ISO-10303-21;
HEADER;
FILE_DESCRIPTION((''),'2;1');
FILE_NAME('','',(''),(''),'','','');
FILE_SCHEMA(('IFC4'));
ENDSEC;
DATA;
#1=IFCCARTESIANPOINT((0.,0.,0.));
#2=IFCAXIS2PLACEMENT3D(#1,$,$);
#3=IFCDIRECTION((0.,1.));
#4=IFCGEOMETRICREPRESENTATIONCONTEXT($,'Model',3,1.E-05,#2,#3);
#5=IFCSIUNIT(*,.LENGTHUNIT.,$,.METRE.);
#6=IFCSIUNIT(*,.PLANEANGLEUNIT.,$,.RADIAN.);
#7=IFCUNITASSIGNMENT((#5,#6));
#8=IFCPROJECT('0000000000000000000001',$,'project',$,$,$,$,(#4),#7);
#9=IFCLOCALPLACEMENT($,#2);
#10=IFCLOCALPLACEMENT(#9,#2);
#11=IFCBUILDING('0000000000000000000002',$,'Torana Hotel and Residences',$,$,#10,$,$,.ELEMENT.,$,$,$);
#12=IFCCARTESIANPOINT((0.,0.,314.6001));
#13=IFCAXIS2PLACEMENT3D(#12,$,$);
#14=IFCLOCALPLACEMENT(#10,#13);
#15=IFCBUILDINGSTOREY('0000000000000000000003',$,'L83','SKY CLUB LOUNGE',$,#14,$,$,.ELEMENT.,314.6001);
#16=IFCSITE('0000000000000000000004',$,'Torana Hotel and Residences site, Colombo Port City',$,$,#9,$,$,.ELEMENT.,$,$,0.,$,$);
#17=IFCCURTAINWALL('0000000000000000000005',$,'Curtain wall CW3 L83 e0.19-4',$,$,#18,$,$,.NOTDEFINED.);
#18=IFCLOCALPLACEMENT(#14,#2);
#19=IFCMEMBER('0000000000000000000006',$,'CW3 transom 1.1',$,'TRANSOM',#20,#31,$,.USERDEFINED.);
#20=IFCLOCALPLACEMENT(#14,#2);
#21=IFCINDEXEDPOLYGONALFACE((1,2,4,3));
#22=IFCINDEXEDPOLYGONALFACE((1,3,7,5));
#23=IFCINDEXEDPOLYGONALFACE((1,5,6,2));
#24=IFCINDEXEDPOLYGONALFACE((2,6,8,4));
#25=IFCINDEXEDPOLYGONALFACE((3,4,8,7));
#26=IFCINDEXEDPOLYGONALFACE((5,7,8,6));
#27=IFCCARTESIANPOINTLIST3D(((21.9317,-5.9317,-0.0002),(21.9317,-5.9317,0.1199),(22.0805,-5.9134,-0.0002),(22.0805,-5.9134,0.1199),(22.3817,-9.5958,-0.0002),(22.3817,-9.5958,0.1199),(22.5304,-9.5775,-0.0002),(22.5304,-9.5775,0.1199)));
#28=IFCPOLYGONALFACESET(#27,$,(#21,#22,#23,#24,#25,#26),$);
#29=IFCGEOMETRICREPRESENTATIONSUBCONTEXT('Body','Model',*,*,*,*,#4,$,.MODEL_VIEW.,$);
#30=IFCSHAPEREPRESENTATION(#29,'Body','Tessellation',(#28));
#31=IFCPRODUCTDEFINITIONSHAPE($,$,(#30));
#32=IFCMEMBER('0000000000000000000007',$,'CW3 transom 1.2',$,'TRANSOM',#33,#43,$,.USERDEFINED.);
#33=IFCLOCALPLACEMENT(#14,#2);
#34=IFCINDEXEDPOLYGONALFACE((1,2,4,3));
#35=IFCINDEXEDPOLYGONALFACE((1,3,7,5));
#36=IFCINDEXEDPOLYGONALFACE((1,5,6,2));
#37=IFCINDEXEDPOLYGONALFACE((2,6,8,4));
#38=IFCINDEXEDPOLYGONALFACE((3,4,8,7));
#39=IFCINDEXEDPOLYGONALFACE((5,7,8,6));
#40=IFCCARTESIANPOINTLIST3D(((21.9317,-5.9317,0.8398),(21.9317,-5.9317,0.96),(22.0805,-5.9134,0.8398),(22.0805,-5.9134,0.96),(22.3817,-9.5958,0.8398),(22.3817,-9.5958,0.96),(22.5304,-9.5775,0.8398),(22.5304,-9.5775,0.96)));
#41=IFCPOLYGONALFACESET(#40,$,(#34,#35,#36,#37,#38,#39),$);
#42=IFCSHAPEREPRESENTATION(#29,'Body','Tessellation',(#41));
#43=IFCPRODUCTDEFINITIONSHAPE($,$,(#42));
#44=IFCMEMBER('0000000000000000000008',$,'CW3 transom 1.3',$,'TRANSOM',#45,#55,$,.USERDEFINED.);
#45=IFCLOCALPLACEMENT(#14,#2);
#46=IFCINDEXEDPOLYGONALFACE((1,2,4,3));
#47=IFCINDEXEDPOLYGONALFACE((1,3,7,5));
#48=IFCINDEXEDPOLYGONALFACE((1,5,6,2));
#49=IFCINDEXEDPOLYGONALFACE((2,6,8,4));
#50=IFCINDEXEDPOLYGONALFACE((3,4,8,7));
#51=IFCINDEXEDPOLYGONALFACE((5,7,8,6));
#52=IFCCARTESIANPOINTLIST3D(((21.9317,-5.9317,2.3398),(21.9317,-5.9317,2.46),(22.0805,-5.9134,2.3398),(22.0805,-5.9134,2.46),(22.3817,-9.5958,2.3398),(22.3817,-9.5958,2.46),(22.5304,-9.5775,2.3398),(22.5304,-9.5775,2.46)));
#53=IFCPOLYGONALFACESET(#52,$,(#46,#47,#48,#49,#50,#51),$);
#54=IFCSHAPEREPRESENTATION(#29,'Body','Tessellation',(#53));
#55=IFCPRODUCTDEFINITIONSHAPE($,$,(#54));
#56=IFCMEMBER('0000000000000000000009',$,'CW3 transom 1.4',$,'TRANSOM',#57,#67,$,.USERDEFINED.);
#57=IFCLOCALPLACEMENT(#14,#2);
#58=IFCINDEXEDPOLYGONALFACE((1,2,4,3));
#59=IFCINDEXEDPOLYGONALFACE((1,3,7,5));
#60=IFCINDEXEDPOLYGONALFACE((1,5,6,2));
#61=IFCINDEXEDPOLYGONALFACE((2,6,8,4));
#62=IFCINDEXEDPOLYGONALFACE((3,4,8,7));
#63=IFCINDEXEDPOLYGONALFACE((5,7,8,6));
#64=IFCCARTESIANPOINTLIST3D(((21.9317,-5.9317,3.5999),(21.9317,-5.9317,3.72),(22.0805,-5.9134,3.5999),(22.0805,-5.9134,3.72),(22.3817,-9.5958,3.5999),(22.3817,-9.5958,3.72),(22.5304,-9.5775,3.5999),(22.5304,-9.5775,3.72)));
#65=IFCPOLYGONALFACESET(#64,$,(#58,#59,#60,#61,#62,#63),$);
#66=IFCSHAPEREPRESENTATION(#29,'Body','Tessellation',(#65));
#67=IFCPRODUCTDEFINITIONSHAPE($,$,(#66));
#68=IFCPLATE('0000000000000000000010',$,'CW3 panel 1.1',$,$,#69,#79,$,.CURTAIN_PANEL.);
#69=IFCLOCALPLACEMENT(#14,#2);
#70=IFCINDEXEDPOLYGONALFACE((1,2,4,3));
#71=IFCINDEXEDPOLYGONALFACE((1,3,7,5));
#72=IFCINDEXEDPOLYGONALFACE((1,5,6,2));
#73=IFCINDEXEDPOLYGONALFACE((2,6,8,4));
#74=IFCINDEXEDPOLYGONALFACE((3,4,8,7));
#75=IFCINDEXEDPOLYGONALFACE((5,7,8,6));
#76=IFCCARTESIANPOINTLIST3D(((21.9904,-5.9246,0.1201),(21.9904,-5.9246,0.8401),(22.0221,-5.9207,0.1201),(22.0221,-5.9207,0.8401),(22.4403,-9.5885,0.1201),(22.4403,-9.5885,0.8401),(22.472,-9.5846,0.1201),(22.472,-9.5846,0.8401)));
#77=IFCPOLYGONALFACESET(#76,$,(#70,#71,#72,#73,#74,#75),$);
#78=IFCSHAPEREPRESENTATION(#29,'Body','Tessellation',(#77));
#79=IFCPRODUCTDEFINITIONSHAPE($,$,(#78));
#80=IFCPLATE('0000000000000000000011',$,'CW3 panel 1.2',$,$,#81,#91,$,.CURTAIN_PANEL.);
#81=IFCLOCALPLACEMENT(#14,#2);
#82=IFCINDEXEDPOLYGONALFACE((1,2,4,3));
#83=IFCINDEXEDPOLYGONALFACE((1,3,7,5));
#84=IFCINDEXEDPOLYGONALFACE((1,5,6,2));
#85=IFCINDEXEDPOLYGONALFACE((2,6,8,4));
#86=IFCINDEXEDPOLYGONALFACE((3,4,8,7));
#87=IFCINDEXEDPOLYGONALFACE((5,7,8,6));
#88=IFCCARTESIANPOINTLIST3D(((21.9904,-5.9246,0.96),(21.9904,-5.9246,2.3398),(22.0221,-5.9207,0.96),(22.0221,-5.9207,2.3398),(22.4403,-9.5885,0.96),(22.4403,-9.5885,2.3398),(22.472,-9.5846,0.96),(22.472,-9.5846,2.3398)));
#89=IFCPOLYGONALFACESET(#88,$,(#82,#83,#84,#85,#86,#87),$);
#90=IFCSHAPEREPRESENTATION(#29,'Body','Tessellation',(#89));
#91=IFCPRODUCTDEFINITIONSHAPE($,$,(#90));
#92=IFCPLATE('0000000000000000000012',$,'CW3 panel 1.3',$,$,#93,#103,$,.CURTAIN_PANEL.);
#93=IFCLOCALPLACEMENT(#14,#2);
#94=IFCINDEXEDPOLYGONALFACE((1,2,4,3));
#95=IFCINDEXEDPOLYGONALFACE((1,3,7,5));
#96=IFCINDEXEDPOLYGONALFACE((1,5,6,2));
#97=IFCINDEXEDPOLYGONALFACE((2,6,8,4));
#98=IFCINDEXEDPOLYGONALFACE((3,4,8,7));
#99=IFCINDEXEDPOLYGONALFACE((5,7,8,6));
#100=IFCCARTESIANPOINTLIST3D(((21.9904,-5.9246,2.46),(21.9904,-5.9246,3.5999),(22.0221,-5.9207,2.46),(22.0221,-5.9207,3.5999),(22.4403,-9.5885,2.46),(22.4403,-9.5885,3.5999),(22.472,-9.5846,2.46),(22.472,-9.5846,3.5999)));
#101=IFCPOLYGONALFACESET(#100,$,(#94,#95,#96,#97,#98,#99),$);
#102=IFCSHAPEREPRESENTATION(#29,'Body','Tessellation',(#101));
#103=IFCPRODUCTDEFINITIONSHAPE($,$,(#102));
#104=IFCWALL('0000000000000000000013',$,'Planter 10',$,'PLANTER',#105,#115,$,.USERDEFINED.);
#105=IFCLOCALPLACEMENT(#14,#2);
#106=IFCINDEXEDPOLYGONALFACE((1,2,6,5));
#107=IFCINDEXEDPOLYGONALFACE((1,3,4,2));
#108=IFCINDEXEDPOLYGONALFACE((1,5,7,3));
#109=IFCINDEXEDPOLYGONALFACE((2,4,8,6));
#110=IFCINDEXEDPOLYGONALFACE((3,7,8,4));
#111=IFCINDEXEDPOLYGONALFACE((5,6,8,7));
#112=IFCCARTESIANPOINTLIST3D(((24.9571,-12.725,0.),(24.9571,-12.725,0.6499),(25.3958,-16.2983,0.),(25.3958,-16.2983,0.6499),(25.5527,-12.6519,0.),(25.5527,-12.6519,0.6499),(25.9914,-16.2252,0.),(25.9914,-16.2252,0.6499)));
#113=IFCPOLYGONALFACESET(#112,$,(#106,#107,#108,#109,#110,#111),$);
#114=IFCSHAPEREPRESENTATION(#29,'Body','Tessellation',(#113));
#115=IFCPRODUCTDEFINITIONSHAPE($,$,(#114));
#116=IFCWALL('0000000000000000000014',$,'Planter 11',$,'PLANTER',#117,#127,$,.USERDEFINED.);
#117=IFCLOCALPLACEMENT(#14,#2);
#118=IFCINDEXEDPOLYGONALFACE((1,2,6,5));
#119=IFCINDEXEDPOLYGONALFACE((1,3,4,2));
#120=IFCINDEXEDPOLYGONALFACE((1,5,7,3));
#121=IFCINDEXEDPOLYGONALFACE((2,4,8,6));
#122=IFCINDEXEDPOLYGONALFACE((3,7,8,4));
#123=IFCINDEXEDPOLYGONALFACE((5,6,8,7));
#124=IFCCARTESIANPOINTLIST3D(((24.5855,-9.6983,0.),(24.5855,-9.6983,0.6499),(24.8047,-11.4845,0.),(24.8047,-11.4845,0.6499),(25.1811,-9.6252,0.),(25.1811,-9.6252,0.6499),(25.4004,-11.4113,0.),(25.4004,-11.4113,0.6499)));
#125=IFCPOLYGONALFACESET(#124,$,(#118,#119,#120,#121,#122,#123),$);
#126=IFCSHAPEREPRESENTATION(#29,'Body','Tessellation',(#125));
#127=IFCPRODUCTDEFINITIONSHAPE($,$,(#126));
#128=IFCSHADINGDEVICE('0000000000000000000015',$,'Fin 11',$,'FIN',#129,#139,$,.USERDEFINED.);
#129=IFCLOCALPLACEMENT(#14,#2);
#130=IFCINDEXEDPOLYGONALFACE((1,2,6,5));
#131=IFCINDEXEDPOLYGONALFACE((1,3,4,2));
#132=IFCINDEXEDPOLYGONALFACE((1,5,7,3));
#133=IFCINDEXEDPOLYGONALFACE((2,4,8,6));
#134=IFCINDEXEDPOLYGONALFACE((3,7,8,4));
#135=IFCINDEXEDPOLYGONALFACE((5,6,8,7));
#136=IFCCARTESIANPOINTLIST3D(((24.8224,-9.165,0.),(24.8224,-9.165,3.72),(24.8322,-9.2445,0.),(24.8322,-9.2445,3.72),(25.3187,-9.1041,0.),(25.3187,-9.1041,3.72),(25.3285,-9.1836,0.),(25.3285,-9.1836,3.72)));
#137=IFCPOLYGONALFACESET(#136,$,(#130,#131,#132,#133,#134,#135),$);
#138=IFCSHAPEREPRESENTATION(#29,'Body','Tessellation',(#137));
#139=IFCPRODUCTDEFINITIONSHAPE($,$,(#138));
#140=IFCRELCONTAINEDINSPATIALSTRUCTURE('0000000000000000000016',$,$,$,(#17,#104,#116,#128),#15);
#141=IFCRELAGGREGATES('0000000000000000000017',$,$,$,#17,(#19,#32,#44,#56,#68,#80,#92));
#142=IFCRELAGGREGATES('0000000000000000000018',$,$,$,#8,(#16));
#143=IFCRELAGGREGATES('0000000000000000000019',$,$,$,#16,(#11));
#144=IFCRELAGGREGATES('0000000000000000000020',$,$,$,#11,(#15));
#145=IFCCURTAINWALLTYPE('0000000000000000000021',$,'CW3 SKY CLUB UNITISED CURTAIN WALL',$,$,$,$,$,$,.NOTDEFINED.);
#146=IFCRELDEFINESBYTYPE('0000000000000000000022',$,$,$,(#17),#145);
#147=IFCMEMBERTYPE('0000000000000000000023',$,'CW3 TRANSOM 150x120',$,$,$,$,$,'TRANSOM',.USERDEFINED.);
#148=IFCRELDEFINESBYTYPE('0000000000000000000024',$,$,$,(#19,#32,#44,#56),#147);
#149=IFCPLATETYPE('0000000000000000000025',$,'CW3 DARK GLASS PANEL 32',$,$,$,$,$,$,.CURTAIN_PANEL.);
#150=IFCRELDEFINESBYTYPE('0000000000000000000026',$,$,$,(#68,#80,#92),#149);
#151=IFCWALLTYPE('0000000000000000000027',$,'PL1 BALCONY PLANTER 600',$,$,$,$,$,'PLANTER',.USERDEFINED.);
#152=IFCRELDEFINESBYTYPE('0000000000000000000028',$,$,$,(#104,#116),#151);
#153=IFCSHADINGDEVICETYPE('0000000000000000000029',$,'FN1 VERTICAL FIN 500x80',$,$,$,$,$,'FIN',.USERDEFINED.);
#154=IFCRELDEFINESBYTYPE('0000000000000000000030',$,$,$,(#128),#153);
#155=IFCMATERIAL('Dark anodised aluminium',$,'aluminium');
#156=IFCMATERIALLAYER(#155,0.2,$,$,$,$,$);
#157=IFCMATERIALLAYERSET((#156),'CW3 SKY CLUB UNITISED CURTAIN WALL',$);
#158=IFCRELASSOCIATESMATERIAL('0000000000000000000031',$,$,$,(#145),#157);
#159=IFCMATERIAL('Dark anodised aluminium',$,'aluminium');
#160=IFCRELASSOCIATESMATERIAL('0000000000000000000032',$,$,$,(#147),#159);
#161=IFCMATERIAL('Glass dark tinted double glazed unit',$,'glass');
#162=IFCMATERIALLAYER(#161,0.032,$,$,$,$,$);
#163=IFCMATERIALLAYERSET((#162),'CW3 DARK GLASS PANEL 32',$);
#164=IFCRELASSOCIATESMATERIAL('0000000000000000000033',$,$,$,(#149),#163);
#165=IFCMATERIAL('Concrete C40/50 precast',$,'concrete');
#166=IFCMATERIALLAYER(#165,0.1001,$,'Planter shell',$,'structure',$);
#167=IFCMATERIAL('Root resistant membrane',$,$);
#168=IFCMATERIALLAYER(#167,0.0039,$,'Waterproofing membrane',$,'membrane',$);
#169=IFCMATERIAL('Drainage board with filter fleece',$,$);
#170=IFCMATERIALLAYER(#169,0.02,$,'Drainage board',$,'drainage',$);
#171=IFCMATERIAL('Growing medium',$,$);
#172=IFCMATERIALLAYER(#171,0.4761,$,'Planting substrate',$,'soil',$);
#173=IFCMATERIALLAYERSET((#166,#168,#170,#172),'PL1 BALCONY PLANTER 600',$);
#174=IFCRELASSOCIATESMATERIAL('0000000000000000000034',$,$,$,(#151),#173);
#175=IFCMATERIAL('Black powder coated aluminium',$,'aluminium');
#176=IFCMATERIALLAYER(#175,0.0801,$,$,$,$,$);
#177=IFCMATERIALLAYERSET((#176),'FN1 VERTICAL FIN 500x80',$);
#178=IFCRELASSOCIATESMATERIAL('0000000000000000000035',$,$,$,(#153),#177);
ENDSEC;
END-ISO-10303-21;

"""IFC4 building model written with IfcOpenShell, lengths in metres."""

from ifc_helpers import new_model, si_unit, direction, frame, frame_2d, origin, origin_2d, place, context, subcontext, project, spatial, rectangle, extrude, material, layer, layer_set, material_profile, profile_set, type_object, element, aggregate, save


model = new_model("IFC4")

# Units and contexts
model_context = context("Model", 3, precision=1e-05, world=origin(), true_north=direction((0.0, 1.0)))
body_context = subcontext(model_context, "Body", "Model", "MODEL_VIEW")
ifc_project = project(units=[si_unit("LENGTHUNIT", "METRE"), si_unit("PLANEANGLEUNIT", "RADIAN")], contexts=[model_context])

# Site, building, storey
site_placement = place(None, origin())
site = spatial("IfcSite", under=ifc_project, at=site_placement, Name="Torana Hotel and Residences site, Colombo Port City", CompositionType="ELEMENT", RefElevation=0.0)
building_placement = place(site_placement, origin())
building = spatial("IfcBuilding", under=site, at=building_placement, Name="Torana Hotel and Residences", CompositionType="ELEMENT")
storey_placement = place(building_placement, frame((0.0, 0.0, 314.6001)))
storey = spatial("IfcBuildingStorey", under=building, at=storey_placement, Name="L83", Description="SKY CLUB LOUNGE", CompositionType="ELEMENT", Elevation=314.6001)

# Shared definitions
ifc_material_1 = material(Name="Dark anodised aluminium", Category="aluminium")
ifc_layer_1 = layer(ifc_material_1, 0.2)
ifc_layer_set_1 = layer_set([ifc_layer_1], Name="CW3 SKY CLUB UNITISED CURTAIN WALL")
curtain_wall_type = type_object("IfcCurtainWallType", Name="CW3 SKY CLUB UNITISED CURTAIN WALL", PredefinedType="NOTDEFINED", material=ifc_layer_set_1)

# Curtain wall, members, plates
curtain_wall_1_placement = place(storey_placement, origin())
curtain_wall_1 = element("IfcCurtainWall", 1, at=curtain_wall_1_placement, inside=storey, type_object=curtain_wall_type, Name="Curtain wall CW3 L83 e0.19-4", PredefinedType="NOTDEFINED")
ifc_material_2 = material(Name="Dark anodised aluminium", Category="aluminium")
ifc_material_profile_1 = material_profile(ifc_material_2, rectangle(XDim=0.1499, YDim=0.1201, at=origin_2d()), Name="CW3 TRANSOM 150x120")
ifc_profile_set_1 = profile_set([ifc_material_profile_1], Name="Dark anodised aluminium")
member_type_1 = type_object("IfcMemberType", Name="CW3 TRANSOM 150x120", ElementType="TRANSOM", PredefinedType="USERDEFINED", material=ifc_profile_set_1)
member_1_placement = place(storey_placement, frame((22.4561, -9.5867, 0.0598), z_axis=(-0.121886, 0.992544, 0.0), x_axis=(-0.992544, -0.121886, 0.0)))
member_1 = element("IfcMember", 2, at=member_1_placement, type_object=member_type_1, Name="CW3 transom 1.1", ObjectType="TRANSOM", PredefinedType="USERDEFINED", context=body_context, shape_type="SweptSolid", body=[
    extrude(rectangle(XDim=0.1499, YDim=0.1201, at=origin_2d()), origin(), (0.0, 0.0, 1.0), 3.6917),
])
member_2_placement = place(storey_placement, frame((22.4561, -9.5867, 0.8999), z_axis=(-0.121886, 0.992544, 0.0), x_axis=(-0.992544, -0.121886, 0.0)))
member_2 = element("IfcMember", 3, at=member_2_placement, type_object=member_type_1, Name="CW3 transom 1.2", ObjectType="TRANSOM", PredefinedType="USERDEFINED", context=body_context, shape_type="SweptSolid", body=[
    extrude(rectangle(XDim=0.1499, YDim=0.1201, at=origin_2d()), origin(), (0.0, 0.0, 1.0), 3.6917),
])
member_3_placement = place(storey_placement, frame((22.4561, -9.5867, 2.3999), z_axis=(-0.121886, 0.992544, 0.0), x_axis=(-0.992544, -0.121886, 0.0)))
member_3 = element("IfcMember", 4, at=member_3_placement, type_object=member_type_1, Name="CW3 transom 1.3", ObjectType="TRANSOM", PredefinedType="USERDEFINED", context=body_context, shape_type="SweptSolid", body=[
    extrude(rectangle(XDim=0.1499, YDim=0.1201, at=origin_2d()), origin(), (0.0, 0.0, 1.0), 3.6917),
])
member_4_placement = place(storey_placement, frame((22.4561, -9.5867, 3.6599), z_axis=(-0.121886, 0.992544, 0.0), x_axis=(-0.992544, -0.121886, 0.0)))
member_4 = element("IfcMember", 5, at=member_4_placement, type_object=member_type_1, Name="CW3 transom 1.4", ObjectType="TRANSOM", PredefinedType="USERDEFINED", context=body_context, shape_type="SweptSolid", body=[
    extrude(rectangle(XDim=0.1499, YDim=0.1201, at=origin_2d()), origin(), (0.0, 0.0, 1.0), 3.6917),
])
ifc_material_3 = material(Name="Glass dark tinted double glazed unit", Category="glass")
ifc_layer_2 = layer(ifc_material_3, 0.032)
ifc_layer_set_2 = layer_set([ifc_layer_2], Name="CW3 DARK GLASS PANEL 32")
plate_type = type_object("IfcPlateType", Name="CW3 DARK GLASS PANEL 32", PredefinedType="CURTAIN_PANEL", material=ifc_layer_set_2)
plate_1_placement = place(storey_placement, frame((22.2312, -7.7546, 0.1201), z_axis=(0.0, 0.0, 1.0), x_axis=(-0.121885, 0.992544, 0.0)))
plate_1 = element("IfcPlate", 6, at=plate_1_placement, type_object=plate_type, Name="CW3 panel 1.1", PredefinedType="CURTAIN_PANEL", context=body_context, shape_type="SweptSolid", body=[
    extrude(rectangle(XDim=3.6914, YDim=0.032, at=origin_2d()), origin(), (0.0, 0.0, 1.0), 0.72),
])
plate_2_placement = place(storey_placement, frame((22.2312, -7.7546, 0.96), z_axis=(0.0, 0.0, 1.0), x_axis=(-0.121885, 0.992544, 0.0)))
plate_2 = element("IfcPlate", 7, at=plate_2_placement, type_object=plate_type, Name="CW3 panel 1.2", PredefinedType="CURTAIN_PANEL", context=body_context, shape_type="SweptSolid", body=[
    extrude(rectangle(XDim=3.6914, YDim=0.032, at=origin_2d()), origin(), (0.0, 0.0, 1.0), 1.3799),
])
plate_3_placement = place(storey_placement, frame((22.2312, -7.7546, 2.46), z_axis=(0.0, 0.0, 1.0), x_axis=(-0.121885, 0.992544, 0.0)))
plate_3 = element("IfcPlate", 8, at=plate_3_placement, type_object=plate_type, Name="CW3 panel 1.3", PredefinedType="CURTAIN_PANEL", context=body_context, shape_type="SweptSolid", body=[
    extrude(rectangle(XDim=3.6914, YDim=0.032, at=origin_2d()), origin(), (0.0, 0.0, 1.0), 1.1399),
])
aggregate(curtain_wall_1, [member_1, member_2, member_3, member_4, plate_1, plate_2, plate_3])

# Walls
ifc_material_4 = material(Name="Concrete C40/50 precast", Category="concrete")
ifc_layer_3 = layer(ifc_material_4, 0.1001, Name="Planter shell", Category="structure")
ifc_material_5 = material(Name="Root resistant membrane")
ifc_layer_4 = layer(ifc_material_5, 0.0039, Name="Waterproofing membrane", Category="membrane")
ifc_material_6 = material(Name="Drainage board with filter fleece")
ifc_layer_5 = layer(ifc_material_6, 0.02, Name="Drainage board", Category="drainage")
ifc_material_7 = material(Name="Growing medium")
ifc_layer_6 = layer(ifc_material_7, 0.4761, Name="Planting substrate", Category="soil")
ifc_layer_set_3 = layer_set([ifc_layer_3, ifc_layer_4, ifc_layer_5, ifc_layer_6], Name="PL1 BALCONY PLANTER 600")
wall_type_1 = type_object("IfcWallType", Name="PL1 BALCONY PLANTER 600", ElementType="PLANTER", PredefinedType="USERDEFINED", material=ifc_layer_set_3)
wall_1_placement = place(storey_placement, frame((25.2549, -12.6885, 0.0), z_axis=(0.0, 0.0, 1.0), x_axis=(0.121864, -0.992547, 0.0)))
element("IfcWall", 9, at=wall_1_placement, inside=storey, type_object=wall_type_1, Name="Planter 10", ObjectType="PLANTER", PredefinedType="USERDEFINED", context=body_context, shape_type="SweptSolid", body=[
    extrude(rectangle(XDim=3.6001, YDim=0.6001, at=frame_2d((1.8, 0.0))), origin(), (0.0, 0.0, 1.0), 0.6499),
])
wall_2_placement = place(storey_placement, frame((24.8833, -9.6616, 0.0), z_axis=(0.0, 0.0, 1.0), x_axis=(0.12183, -0.992551, 0.0)))
element("IfcWall", 10, at=wall_2_placement, inside=storey, type_object=wall_type_1, Name="Planter 11", ObjectType="PLANTER", PredefinedType="USERDEFINED", context=body_context, shape_type="SweptSolid", body=[
    extrude(rectangle(XDim=1.7996, YDim=0.6001, at=frame_2d((0.8999, 0.0))), origin(), (0.0, 0.0, 1.0), 0.6499),
])

# Shading device
ifc_material_8 = material(Name="Black powder coated aluminium", Category="aluminium")
ifc_layer_7 = layer(ifc_material_8, 0.0801)
ifc_layer_set_4 = layer_set([ifc_layer_7], Name="FN1 VERTICAL FIN 500x80")
shading_device_type = type_object("IfcShadingDeviceType", Name="FN1 VERTICAL FIN 500x80", ElementType="FIN", PredefinedType="USERDEFINED", material=ifc_layer_set_4)
shading_device_placement = place(storey_placement, frame((25.0754, -9.1743, 0.0), z_axis=(0.0, 0.0, 1.0), x_axis=(0.121868, -0.992546, 0.0)))
element("IfcShadingDevice", 11, at=shading_device_placement, inside=storey, type_object=shading_device_type, Name="Fin 11", ObjectType="FIN", PredefinedType="USERDEFINED", context=body_context, shape_type="SweptSolid", body=[
    extrude(rectangle(XDim=0.0801, YDim=0.5, at=origin_2d()), origin(), (0.0, 0.0, 1.0), 3.72),
])

save(model, "model.ifc")
